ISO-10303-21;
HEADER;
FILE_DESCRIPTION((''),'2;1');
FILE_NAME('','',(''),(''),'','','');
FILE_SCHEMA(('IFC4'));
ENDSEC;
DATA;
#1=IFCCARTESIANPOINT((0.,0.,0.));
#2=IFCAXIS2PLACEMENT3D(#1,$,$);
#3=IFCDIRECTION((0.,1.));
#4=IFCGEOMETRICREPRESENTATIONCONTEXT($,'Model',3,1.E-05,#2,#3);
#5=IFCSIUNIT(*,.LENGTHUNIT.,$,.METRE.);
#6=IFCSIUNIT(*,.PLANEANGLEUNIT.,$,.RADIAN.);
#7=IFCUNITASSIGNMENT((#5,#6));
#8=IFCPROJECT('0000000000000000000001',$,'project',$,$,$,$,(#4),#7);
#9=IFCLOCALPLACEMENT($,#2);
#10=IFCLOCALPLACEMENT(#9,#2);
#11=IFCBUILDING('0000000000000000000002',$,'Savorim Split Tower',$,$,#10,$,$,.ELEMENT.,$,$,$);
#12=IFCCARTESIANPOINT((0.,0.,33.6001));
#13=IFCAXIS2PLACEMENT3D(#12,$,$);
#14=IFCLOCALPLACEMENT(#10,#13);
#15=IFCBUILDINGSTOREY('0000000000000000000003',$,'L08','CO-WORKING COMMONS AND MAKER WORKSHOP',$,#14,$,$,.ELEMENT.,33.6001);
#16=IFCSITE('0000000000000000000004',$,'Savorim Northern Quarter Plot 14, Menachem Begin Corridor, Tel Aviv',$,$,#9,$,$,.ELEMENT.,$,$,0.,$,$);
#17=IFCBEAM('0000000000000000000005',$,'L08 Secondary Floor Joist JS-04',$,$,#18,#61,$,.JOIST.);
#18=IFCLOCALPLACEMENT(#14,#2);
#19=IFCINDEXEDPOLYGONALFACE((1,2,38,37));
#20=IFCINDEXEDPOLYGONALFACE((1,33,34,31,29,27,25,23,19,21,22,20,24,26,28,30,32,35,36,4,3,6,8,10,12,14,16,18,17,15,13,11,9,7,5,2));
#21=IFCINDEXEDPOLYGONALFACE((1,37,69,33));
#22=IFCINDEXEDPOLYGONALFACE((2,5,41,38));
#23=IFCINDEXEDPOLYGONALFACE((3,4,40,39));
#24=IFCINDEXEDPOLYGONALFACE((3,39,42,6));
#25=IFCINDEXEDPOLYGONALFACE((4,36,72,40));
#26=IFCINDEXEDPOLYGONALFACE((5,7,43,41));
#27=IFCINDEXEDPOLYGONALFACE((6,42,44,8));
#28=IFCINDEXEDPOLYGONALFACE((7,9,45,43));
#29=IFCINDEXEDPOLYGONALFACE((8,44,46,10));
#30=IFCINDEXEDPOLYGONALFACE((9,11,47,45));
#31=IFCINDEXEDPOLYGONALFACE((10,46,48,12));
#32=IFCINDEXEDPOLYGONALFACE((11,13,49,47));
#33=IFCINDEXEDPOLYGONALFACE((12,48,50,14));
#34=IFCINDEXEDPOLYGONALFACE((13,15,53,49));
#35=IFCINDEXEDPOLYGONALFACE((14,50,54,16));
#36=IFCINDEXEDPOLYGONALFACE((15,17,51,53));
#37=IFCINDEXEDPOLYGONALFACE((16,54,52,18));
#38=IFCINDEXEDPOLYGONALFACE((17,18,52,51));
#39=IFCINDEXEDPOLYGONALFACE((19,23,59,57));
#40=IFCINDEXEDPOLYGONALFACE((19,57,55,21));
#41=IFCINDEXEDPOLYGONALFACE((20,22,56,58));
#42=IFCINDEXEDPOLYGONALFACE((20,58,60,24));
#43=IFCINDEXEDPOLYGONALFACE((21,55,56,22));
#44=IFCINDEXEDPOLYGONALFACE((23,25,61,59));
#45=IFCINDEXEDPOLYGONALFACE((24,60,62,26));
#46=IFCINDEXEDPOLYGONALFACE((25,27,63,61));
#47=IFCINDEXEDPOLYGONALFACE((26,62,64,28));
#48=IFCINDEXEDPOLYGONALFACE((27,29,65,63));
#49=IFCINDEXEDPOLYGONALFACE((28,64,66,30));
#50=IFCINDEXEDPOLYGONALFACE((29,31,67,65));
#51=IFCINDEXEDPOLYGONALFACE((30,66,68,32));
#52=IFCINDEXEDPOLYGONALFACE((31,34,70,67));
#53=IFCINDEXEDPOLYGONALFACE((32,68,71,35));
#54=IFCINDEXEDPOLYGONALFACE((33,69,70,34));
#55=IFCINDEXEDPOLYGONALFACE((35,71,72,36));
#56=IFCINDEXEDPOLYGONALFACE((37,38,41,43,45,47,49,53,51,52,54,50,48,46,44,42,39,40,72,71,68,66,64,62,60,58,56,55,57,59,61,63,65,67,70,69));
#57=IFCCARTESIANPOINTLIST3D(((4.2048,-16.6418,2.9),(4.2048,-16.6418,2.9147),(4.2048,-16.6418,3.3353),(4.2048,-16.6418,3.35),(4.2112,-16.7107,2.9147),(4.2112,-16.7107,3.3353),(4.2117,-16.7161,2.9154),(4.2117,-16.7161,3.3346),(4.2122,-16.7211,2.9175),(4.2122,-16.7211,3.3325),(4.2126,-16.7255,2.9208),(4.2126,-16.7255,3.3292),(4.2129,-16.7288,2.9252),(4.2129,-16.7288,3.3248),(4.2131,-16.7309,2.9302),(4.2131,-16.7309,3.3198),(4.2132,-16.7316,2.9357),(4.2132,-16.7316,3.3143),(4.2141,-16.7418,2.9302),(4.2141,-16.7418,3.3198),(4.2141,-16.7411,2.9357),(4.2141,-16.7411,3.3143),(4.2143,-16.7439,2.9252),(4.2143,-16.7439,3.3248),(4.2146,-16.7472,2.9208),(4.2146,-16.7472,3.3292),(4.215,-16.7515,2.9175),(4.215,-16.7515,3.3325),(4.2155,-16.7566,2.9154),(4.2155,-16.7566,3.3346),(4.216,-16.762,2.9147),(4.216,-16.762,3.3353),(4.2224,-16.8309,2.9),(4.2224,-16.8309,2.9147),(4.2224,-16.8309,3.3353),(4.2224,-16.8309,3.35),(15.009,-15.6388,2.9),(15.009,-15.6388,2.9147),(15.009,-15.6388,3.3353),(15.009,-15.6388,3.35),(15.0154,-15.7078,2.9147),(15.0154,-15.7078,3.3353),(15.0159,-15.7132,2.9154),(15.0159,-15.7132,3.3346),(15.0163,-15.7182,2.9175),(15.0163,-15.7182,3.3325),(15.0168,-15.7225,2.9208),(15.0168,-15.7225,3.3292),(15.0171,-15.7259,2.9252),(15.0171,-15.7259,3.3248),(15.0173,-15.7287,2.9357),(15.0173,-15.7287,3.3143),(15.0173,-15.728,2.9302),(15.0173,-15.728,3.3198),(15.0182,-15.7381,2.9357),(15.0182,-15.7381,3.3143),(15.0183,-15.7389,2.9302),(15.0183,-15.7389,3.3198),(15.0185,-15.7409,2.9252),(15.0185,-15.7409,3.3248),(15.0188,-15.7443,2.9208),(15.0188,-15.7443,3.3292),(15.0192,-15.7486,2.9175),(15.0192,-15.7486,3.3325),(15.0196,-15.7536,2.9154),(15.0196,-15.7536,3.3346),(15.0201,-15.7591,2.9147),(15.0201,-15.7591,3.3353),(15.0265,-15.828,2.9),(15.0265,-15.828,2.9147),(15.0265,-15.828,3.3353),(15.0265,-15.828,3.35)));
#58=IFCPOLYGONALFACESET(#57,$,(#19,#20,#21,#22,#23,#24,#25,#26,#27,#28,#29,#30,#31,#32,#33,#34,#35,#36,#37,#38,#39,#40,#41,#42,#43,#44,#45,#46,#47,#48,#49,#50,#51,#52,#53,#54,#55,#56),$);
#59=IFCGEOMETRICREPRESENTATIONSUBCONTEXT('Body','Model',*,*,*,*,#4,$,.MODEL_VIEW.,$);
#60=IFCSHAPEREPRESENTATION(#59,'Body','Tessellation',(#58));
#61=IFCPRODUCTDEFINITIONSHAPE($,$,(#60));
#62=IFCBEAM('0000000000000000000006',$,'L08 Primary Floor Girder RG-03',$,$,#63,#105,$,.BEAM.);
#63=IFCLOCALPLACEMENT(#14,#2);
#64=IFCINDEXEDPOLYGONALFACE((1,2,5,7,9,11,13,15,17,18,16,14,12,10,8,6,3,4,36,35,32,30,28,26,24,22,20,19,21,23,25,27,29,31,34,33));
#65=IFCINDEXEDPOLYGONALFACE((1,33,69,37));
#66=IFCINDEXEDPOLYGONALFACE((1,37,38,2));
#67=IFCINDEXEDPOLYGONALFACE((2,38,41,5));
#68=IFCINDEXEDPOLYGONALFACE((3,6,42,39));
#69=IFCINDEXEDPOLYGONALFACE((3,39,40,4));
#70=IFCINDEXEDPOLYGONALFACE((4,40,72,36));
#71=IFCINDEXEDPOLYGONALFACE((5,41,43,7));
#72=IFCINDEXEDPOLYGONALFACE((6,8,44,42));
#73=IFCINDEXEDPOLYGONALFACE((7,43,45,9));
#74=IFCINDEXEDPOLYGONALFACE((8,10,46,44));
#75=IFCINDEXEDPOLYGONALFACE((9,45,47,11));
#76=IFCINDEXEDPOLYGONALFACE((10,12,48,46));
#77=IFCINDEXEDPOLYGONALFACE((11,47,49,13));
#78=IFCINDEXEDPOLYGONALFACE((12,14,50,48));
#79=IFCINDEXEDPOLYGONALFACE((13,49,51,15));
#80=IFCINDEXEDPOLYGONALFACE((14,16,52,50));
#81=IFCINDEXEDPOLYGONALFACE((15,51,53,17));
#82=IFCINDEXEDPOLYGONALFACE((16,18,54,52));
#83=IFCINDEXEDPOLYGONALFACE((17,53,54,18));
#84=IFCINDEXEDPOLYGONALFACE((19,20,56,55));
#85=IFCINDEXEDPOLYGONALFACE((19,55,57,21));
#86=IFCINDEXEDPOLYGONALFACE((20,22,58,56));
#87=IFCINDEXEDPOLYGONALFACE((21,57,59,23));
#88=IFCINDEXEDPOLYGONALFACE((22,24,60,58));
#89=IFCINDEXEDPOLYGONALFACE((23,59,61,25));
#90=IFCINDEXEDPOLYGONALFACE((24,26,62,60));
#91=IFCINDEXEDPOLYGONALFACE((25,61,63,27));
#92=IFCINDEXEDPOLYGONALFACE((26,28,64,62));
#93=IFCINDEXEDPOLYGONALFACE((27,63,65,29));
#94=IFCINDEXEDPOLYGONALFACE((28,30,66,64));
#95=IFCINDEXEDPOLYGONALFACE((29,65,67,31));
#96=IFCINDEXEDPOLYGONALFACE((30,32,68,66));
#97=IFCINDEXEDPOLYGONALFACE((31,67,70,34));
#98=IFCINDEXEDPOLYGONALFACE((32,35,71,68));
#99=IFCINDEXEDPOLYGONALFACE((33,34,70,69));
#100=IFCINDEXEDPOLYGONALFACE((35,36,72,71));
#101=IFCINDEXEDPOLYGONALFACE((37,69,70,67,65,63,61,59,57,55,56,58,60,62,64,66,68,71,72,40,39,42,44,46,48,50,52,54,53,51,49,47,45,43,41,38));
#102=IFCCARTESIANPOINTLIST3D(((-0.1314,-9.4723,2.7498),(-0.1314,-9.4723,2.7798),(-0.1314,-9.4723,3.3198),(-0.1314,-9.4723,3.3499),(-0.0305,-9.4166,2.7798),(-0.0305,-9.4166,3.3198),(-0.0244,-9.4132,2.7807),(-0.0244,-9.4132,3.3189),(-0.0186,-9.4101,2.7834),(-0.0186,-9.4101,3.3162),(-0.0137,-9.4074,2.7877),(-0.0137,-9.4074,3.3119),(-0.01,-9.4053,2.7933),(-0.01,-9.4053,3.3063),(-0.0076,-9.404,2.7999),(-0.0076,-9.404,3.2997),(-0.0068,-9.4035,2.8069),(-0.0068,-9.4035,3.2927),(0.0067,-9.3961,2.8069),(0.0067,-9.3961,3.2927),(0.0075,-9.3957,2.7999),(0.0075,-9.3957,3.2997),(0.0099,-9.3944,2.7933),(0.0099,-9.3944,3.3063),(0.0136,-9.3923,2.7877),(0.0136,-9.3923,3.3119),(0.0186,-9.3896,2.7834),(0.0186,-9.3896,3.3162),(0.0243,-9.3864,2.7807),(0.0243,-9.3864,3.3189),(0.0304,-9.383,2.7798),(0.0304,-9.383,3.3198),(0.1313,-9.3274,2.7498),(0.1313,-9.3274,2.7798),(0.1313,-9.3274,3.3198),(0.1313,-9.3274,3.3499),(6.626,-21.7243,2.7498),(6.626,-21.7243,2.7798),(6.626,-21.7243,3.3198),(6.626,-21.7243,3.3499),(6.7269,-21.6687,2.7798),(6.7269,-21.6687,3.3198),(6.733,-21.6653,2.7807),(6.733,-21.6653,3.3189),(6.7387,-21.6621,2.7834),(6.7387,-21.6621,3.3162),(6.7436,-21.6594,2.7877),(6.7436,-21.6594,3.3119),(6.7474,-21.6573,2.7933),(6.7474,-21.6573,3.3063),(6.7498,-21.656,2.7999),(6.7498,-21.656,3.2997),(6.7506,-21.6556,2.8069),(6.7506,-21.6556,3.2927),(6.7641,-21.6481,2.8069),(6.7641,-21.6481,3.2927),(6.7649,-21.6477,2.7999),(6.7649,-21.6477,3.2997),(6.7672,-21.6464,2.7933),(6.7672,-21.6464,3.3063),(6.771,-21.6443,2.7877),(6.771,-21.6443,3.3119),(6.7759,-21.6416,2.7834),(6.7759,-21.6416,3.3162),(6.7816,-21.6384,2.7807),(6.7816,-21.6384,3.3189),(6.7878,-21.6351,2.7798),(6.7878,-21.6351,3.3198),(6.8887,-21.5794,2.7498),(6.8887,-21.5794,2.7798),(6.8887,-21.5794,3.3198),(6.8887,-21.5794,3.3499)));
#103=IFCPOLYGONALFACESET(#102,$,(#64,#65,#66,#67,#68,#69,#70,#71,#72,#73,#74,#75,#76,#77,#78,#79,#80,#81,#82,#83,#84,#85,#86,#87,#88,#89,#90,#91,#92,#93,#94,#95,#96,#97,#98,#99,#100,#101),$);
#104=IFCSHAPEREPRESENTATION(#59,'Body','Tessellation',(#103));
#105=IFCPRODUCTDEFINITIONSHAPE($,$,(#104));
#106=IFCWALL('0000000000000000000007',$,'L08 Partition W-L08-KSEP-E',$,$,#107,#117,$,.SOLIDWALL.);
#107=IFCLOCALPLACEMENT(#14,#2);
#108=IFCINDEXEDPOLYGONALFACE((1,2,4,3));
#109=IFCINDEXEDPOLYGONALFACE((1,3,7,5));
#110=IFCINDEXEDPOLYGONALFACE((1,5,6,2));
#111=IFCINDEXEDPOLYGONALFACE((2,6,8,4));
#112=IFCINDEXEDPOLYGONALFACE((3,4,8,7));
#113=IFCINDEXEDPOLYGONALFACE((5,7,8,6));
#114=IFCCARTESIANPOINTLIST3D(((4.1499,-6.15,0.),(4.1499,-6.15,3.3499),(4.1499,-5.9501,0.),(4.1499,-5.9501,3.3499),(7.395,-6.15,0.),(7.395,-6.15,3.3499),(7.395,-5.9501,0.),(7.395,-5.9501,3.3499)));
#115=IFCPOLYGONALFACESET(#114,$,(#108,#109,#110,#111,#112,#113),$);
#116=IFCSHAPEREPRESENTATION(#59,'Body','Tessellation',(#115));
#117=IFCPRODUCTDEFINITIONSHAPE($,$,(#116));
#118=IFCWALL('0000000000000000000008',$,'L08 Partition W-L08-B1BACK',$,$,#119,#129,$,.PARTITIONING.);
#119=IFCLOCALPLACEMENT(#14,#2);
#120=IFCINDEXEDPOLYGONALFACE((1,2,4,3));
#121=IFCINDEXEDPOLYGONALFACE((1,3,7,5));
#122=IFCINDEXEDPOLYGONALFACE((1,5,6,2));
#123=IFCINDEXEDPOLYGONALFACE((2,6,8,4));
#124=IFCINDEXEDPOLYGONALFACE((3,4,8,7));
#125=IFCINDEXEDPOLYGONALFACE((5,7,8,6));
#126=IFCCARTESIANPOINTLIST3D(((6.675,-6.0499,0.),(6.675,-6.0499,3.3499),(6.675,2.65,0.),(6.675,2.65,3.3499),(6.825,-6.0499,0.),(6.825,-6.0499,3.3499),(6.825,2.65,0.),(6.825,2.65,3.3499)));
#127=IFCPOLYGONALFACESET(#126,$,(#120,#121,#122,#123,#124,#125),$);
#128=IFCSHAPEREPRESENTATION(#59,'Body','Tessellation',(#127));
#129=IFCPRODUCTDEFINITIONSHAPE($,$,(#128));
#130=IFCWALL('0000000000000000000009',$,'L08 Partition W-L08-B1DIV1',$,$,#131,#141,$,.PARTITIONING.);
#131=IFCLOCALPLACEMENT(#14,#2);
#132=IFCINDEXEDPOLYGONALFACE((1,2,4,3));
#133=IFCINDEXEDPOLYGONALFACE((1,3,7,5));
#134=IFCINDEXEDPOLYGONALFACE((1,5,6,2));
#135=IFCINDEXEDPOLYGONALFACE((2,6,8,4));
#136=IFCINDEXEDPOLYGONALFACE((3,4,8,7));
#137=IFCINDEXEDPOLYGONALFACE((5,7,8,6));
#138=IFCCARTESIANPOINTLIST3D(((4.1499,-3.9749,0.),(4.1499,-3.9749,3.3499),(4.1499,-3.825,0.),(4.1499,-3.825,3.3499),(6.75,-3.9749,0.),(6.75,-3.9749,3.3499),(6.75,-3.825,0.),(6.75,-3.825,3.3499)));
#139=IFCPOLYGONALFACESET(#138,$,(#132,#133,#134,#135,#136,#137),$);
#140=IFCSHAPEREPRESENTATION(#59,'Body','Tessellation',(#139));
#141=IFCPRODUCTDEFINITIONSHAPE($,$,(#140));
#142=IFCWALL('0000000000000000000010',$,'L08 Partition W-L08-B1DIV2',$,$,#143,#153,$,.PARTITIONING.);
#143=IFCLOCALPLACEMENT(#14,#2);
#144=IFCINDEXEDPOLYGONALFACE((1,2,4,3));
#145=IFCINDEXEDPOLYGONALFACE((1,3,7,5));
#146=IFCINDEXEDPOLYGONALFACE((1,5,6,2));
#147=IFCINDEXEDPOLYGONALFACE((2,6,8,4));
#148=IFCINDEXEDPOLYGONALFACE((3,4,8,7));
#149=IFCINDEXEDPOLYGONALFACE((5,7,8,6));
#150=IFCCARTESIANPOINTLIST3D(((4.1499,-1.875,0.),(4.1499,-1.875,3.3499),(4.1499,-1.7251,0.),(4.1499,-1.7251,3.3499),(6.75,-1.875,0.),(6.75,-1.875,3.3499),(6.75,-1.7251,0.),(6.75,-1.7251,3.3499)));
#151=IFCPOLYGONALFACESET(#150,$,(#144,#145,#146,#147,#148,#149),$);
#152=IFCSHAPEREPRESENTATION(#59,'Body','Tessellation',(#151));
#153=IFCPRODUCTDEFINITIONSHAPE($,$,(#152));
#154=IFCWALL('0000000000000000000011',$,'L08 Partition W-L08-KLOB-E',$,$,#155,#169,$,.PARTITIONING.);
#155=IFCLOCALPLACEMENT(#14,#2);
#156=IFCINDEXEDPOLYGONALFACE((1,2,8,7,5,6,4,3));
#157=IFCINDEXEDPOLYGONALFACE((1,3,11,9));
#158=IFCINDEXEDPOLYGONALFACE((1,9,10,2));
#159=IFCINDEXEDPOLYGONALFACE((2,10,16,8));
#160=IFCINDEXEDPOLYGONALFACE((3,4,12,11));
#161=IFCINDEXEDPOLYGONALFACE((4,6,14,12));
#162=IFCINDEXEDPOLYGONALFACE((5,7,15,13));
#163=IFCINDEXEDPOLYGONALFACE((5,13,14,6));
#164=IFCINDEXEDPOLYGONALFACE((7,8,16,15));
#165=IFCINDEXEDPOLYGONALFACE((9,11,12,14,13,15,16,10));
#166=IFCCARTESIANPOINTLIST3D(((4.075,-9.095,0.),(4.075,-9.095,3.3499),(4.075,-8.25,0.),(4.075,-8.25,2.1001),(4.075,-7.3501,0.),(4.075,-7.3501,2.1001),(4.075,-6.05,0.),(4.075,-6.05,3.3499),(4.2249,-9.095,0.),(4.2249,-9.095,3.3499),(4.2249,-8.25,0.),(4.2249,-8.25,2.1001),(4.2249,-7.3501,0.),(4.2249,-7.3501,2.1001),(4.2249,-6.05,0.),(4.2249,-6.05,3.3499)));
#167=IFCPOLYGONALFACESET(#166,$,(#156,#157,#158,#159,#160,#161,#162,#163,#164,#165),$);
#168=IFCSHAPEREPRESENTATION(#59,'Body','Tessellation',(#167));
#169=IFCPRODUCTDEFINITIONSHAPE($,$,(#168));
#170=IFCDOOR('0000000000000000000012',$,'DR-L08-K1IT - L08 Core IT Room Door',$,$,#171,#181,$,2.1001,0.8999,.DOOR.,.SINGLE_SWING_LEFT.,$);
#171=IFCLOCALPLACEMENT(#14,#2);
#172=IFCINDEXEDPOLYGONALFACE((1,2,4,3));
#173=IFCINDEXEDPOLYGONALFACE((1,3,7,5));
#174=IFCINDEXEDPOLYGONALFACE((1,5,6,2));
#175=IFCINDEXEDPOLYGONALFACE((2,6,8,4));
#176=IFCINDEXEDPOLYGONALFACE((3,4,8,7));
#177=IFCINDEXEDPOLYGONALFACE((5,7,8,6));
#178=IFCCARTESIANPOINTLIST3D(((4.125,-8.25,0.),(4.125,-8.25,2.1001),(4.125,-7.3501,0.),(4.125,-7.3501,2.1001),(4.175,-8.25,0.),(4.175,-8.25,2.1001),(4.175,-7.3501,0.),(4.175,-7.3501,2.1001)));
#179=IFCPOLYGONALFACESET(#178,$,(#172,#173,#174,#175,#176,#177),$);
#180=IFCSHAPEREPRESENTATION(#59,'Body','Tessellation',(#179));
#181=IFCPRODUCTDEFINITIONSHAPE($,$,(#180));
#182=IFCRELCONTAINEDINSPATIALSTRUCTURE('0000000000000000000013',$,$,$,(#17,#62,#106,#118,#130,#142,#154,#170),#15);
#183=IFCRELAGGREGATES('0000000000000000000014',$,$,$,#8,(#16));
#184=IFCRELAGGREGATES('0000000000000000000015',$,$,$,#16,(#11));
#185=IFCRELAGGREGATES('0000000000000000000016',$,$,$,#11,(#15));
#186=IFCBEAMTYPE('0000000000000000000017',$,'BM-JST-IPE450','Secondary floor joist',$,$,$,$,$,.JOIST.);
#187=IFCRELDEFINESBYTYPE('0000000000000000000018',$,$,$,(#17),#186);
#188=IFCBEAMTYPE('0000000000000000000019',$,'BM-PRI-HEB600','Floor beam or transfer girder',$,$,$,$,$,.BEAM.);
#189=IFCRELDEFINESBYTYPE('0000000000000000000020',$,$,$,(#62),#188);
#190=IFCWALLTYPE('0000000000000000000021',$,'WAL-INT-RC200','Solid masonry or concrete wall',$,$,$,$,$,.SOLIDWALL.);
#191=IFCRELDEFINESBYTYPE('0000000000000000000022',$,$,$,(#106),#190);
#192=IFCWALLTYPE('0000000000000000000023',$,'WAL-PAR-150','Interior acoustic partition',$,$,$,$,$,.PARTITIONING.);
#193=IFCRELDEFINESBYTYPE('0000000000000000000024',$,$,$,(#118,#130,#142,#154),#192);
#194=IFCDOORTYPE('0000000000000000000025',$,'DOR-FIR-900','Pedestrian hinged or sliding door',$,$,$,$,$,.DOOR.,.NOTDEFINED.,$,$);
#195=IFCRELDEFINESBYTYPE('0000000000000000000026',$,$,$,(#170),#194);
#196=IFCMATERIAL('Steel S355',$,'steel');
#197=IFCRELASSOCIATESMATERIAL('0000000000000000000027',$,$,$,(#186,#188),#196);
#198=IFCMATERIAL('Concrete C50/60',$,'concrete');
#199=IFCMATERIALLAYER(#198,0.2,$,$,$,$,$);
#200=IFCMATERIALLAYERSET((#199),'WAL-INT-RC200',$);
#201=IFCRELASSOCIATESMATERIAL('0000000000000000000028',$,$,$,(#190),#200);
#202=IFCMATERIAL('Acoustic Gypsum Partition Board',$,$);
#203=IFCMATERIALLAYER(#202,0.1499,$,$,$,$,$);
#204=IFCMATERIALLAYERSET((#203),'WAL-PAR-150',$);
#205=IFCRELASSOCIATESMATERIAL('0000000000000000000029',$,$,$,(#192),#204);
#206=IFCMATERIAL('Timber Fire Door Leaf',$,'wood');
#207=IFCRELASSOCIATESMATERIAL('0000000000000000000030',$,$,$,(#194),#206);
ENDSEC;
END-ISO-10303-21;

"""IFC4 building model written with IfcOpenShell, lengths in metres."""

from ifc_helpers import new_model, si_unit, direction, frame, frame_2d, origin, origin_2d, place, context, subcontext, project, spatial, rectangle, i_section, extrude, material, layer, layer_set, material_profile, profile_set, type_object, element, fill, save


model = new_model("IFC4")

# Units and contexts
model_context = context("Model", 3, precision=1e-05, world=origin(), true_north=direction((0.0, 1.0)))
body_context = subcontext(model_context, "Body", "Model", "MODEL_VIEW")
ifc_project = project(units=[si_unit("LENGTHUNIT", "METRE"), si_unit("PLANEANGLEUNIT", "RADIAN")], contexts=[model_context])

# Site, building, storey
site_placement = place(None, origin())
site = spatial("IfcSite", under=ifc_project, at=site_placement, Name="Savorim Northern Quarter Plot 14, Menachem Begin Corridor, Tel Aviv", CompositionType="ELEMENT", RefElevation=0.0)
building_placement = place(site_placement, origin())
building = spatial("IfcBuilding", under=site, at=building_placement, Name="Savorim Split Tower", CompositionType="ELEMENT")
storey_placement = place(building_placement, frame((0.0, 0.0, 33.6001)))
storey = spatial("IfcBuildingStorey", under=building, at=storey_placement, Name="L08", Description="CO-WORKING COMMONS AND MAKER WORKSHOP", CompositionType="ELEMENT", Elevation=33.6001)

# Beams
ifc_material_1 = material(Name="Steel S355", Category="steel")
ifc_material_profile_1 = material_profile(ifc_material_1, i_section(OverallWidth=0.1899, OverallDepth=0.45, WebThickness=0.0095, FlangeThickness=0.0146, FilletRadius=0.021, at=origin_2d()), Name="IPE 450")
ifc_profile_set_1 = profile_set([ifc_material_profile_1], Name="Steel S355")
beam_type_1 = type_object("IfcBeamType", Name="BM-JST-IPE450", Description="Secondary floor joist", PredefinedType="JOIST", material=ifc_profile_set_1)
beam_1_placement = place(storey_placement, frame((4.2136, -16.7363, 3.125), z_axis=(0.995719, 0.09243, 0.0), x_axis=(-0.09243, 0.995719, 0.0)))
element("IfcBeam", 1, at=beam_1_placement, inside=storey, type_object=beam_type_1, Name="L08 Secondary Floor Joist JS-04", PredefinedType="JOIST", context=body_context, shape_type="SweptSolid", body=[
    extrude(i_section(OverallWidth=0.1899, OverallDepth=0.45, WebThickness=0.0095, FlangeThickness=0.0146, FilletRadius=0.021, at=origin_2d()), origin(), (0.0, 0.0, 1.0), 10.8506),
])
ifc_material_profile_2 = material_profile(ifc_material_1, i_section(OverallWidth=0.3, OverallDepth=0.6001, WebThickness=0.0154, FlangeThickness=0.03, FilletRadius=0.0271, at=origin_2d()), Name="HEB 600")
ifc_profile_set_2 = profile_set([ifc_material_profile_2], Name="Steel S355")
beam_type_2 = type_object("IfcBeamType", Name="BM-PRI-HEB600", Description="Floor beam or transfer girder", PredefinedType="BEAM", material=ifc_profile_set_2)
beam_2_placement = place(storey_placement, frame((6.7573, -21.6519, 3.0498), z_axis=(-0.482947, 0.875649, 0.0), x_axis=(-0.875649, -0.482947, 0.0)))
element("IfcBeam", 2, at=beam_2_placement, inside=storey, type_object=beam_type_2, Name="L08 Primary Floor Girder RG-03", PredefinedType="BEAM", context=body_context, shape_type="SweptSolid", body=[
    extrude(i_section(OverallWidth=0.3, OverallDepth=0.6001, WebThickness=0.0154, FlangeThickness=0.03, FilletRadius=0.0271, at=origin_2d()), origin(), (0.0, 0.0, 1.0), 13.9919),
])

# Shared definitions
ifc_material_2 = material(Name="Concrete C50/60", Category="concrete")
ifc_layer_1 = layer(ifc_material_2, 0.2)
ifc_layer_set_1 = layer_set([ifc_layer_1], Name="WAL-INT-RC200")
wall_type_1 = type_object("IfcWallType", Name="WAL-INT-RC200", Description="Solid masonry or concrete wall", PredefinedType="SOLIDWALL", material=ifc_layer_set_1)

# Walls
wall_1_placement = place(storey_placement, frame((4.1499, -6.05, 0.0), z_axis=(0.0, 0.0, 1.0), x_axis=(1.0, 0.0, 0.0)))
element("IfcWall", 3, at=wall_1_placement, inside=storey, type_object=wall_type_1, Name="L08 Partition W-L08-KSEP-E", PredefinedType="SOLIDWALL", context=body_context, shape_type="SweptSolid", body=[
    extrude(rectangle(XDim=3.2451, YDim=0.2, at=frame_2d((1.6226, 0.0))), origin(), (0.0, 0.0, 1.0), 3.3499),
])
ifc_material_3 = material(Name="Acoustic Gypsum Partition Board")
ifc_layer_2 = layer(ifc_material_3, 0.1499)
ifc_layer_set_2 = layer_set([ifc_layer_2], Name="WAL-PAR-150")
wall_type_2 = type_object("IfcWallType", Name="WAL-PAR-150", Description="Interior acoustic partition", PredefinedType="PARTITIONING", material=ifc_layer_set_2)
wall_2_placement = place(storey_placement, frame((6.75, -6.05, 0.0), z_axis=(0.0, 0.0, 1.0), x_axis=(0.0, 1.0, 0.0)))
element("IfcWall", 4, at=wall_2_placement, inside=storey, type_object=wall_type_2, Name="L08 Partition W-L08-B1BACK", PredefinedType="PARTITIONING", context=body_context, shape_type="SweptSolid", body=[
    extrude(rectangle(XDim=8.7, YDim=0.1499, at=frame_2d((4.3501, 0.0))), origin(), (0.0, 0.0, 1.0), 3.3499),
])
for number, where, z_axis, x_axis, name in (
    (5, (4.1499, -3.8999, 0.0), (0.0, 0.0, 1.0), (1.0, 0.0, 0.0), "L08 Partition W-L08-B1DIV1"),
    (6, (4.1499, -1.8, 0.0), (0.0, 0.0, 1.0), (1.0, 0.0, 0.0), "L08 Partition W-L08-B1DIV2"),
):
    element("IfcWall", number, at=place(storey_placement, frame(where, z_axis=z_axis, x_axis=x_axis)), inside=storey, type_object=wall_type_2, Name=name, PredefinedType="PARTITIONING", context=body_context, shape_type="SweptSolid", body=[
        extrude(rectangle(XDim=2.6001, YDim=0.1499, at=frame_2d((1.3, 0.0))), origin(), (0.0, 0.0, 1.0), 3.3499),
    ])

# Wall, opening, door
wall_3_placement = place(storey_placement, frame((4.1499, -9.095, 0.0), z_axis=(0.0, 0.0, 1.0), x_axis=(0.0, 1.0, 0.0)))
wall_3 = element("IfcWall", 7, at=wall_3_placement, inside=storey, type_object=wall_type_2, Name="L08 Partition W-L08-KLOB-E", PredefinedType="PARTITIONING", context=body_context, shape_type="SweptSolid", body=[
    extrude(rectangle(XDim=3.0449, YDim=0.1499, at=frame_2d((1.5225, 0.0))), origin(), (0.0, 0.0, 1.0), 3.3499),
])
opening_1_placement = place(wall_3_placement, frame((0.845, 0.0, 0.0)))
opening_1 = element("IfcOpeningElement", 8, at=opening_1_placement, cuts=wall_3, PredefinedType="OPENING", context=body_context, shape_type="SweptSolid", body=[
    extrude(rectangle(XDim=0.8999, YDim=2.1001, at=frame_2d((0.45, 1.05))), frame((0.0, 0.085, 0.0), z_axis=(0.0, -1.0, 0.0), x_axis=(1.0, 0.0, 0.0)), (0.0, 0.0, 1.0), 0.1699),
])
ifc_material_4 = material(Name="Timber Fire Door Leaf", Category="wood")
door_type_1 = type_object("IfcDoorType", Name="DOR-FIR-900", Description="Pedestrian hinged or sliding door", OperationType="NOTDEFINED", PredefinedType="DOOR", material=ifc_material_4)
door_1_placement = place(opening_1_placement, origin())
door_1 = element("IfcDoor", 9, at=door_1_placement, inside=storey, type_object=door_type_1, Name="DR-L08-K1IT - L08 Core IT Room Door", OperationType="SINGLE_SWING_LEFT", OverallHeight=2.1001, OverallWidth=0.8999, PredefinedType="DOOR", context=body_context, shape_type="SweptSolid", body=[
    extrude(rectangle(XDim=0.8999, YDim=2.1001, at=frame_2d((0.45, 1.05))), frame((0.0, 0.0249, 0.0), z_axis=(0.0, -1.0, 0.0), x_axis=(1.0, 0.0, 0.0)), (0.0, 0.0, 1.0), 0.05),
])
fill(opening_1, door_1)

save(model, "model.ifc")
